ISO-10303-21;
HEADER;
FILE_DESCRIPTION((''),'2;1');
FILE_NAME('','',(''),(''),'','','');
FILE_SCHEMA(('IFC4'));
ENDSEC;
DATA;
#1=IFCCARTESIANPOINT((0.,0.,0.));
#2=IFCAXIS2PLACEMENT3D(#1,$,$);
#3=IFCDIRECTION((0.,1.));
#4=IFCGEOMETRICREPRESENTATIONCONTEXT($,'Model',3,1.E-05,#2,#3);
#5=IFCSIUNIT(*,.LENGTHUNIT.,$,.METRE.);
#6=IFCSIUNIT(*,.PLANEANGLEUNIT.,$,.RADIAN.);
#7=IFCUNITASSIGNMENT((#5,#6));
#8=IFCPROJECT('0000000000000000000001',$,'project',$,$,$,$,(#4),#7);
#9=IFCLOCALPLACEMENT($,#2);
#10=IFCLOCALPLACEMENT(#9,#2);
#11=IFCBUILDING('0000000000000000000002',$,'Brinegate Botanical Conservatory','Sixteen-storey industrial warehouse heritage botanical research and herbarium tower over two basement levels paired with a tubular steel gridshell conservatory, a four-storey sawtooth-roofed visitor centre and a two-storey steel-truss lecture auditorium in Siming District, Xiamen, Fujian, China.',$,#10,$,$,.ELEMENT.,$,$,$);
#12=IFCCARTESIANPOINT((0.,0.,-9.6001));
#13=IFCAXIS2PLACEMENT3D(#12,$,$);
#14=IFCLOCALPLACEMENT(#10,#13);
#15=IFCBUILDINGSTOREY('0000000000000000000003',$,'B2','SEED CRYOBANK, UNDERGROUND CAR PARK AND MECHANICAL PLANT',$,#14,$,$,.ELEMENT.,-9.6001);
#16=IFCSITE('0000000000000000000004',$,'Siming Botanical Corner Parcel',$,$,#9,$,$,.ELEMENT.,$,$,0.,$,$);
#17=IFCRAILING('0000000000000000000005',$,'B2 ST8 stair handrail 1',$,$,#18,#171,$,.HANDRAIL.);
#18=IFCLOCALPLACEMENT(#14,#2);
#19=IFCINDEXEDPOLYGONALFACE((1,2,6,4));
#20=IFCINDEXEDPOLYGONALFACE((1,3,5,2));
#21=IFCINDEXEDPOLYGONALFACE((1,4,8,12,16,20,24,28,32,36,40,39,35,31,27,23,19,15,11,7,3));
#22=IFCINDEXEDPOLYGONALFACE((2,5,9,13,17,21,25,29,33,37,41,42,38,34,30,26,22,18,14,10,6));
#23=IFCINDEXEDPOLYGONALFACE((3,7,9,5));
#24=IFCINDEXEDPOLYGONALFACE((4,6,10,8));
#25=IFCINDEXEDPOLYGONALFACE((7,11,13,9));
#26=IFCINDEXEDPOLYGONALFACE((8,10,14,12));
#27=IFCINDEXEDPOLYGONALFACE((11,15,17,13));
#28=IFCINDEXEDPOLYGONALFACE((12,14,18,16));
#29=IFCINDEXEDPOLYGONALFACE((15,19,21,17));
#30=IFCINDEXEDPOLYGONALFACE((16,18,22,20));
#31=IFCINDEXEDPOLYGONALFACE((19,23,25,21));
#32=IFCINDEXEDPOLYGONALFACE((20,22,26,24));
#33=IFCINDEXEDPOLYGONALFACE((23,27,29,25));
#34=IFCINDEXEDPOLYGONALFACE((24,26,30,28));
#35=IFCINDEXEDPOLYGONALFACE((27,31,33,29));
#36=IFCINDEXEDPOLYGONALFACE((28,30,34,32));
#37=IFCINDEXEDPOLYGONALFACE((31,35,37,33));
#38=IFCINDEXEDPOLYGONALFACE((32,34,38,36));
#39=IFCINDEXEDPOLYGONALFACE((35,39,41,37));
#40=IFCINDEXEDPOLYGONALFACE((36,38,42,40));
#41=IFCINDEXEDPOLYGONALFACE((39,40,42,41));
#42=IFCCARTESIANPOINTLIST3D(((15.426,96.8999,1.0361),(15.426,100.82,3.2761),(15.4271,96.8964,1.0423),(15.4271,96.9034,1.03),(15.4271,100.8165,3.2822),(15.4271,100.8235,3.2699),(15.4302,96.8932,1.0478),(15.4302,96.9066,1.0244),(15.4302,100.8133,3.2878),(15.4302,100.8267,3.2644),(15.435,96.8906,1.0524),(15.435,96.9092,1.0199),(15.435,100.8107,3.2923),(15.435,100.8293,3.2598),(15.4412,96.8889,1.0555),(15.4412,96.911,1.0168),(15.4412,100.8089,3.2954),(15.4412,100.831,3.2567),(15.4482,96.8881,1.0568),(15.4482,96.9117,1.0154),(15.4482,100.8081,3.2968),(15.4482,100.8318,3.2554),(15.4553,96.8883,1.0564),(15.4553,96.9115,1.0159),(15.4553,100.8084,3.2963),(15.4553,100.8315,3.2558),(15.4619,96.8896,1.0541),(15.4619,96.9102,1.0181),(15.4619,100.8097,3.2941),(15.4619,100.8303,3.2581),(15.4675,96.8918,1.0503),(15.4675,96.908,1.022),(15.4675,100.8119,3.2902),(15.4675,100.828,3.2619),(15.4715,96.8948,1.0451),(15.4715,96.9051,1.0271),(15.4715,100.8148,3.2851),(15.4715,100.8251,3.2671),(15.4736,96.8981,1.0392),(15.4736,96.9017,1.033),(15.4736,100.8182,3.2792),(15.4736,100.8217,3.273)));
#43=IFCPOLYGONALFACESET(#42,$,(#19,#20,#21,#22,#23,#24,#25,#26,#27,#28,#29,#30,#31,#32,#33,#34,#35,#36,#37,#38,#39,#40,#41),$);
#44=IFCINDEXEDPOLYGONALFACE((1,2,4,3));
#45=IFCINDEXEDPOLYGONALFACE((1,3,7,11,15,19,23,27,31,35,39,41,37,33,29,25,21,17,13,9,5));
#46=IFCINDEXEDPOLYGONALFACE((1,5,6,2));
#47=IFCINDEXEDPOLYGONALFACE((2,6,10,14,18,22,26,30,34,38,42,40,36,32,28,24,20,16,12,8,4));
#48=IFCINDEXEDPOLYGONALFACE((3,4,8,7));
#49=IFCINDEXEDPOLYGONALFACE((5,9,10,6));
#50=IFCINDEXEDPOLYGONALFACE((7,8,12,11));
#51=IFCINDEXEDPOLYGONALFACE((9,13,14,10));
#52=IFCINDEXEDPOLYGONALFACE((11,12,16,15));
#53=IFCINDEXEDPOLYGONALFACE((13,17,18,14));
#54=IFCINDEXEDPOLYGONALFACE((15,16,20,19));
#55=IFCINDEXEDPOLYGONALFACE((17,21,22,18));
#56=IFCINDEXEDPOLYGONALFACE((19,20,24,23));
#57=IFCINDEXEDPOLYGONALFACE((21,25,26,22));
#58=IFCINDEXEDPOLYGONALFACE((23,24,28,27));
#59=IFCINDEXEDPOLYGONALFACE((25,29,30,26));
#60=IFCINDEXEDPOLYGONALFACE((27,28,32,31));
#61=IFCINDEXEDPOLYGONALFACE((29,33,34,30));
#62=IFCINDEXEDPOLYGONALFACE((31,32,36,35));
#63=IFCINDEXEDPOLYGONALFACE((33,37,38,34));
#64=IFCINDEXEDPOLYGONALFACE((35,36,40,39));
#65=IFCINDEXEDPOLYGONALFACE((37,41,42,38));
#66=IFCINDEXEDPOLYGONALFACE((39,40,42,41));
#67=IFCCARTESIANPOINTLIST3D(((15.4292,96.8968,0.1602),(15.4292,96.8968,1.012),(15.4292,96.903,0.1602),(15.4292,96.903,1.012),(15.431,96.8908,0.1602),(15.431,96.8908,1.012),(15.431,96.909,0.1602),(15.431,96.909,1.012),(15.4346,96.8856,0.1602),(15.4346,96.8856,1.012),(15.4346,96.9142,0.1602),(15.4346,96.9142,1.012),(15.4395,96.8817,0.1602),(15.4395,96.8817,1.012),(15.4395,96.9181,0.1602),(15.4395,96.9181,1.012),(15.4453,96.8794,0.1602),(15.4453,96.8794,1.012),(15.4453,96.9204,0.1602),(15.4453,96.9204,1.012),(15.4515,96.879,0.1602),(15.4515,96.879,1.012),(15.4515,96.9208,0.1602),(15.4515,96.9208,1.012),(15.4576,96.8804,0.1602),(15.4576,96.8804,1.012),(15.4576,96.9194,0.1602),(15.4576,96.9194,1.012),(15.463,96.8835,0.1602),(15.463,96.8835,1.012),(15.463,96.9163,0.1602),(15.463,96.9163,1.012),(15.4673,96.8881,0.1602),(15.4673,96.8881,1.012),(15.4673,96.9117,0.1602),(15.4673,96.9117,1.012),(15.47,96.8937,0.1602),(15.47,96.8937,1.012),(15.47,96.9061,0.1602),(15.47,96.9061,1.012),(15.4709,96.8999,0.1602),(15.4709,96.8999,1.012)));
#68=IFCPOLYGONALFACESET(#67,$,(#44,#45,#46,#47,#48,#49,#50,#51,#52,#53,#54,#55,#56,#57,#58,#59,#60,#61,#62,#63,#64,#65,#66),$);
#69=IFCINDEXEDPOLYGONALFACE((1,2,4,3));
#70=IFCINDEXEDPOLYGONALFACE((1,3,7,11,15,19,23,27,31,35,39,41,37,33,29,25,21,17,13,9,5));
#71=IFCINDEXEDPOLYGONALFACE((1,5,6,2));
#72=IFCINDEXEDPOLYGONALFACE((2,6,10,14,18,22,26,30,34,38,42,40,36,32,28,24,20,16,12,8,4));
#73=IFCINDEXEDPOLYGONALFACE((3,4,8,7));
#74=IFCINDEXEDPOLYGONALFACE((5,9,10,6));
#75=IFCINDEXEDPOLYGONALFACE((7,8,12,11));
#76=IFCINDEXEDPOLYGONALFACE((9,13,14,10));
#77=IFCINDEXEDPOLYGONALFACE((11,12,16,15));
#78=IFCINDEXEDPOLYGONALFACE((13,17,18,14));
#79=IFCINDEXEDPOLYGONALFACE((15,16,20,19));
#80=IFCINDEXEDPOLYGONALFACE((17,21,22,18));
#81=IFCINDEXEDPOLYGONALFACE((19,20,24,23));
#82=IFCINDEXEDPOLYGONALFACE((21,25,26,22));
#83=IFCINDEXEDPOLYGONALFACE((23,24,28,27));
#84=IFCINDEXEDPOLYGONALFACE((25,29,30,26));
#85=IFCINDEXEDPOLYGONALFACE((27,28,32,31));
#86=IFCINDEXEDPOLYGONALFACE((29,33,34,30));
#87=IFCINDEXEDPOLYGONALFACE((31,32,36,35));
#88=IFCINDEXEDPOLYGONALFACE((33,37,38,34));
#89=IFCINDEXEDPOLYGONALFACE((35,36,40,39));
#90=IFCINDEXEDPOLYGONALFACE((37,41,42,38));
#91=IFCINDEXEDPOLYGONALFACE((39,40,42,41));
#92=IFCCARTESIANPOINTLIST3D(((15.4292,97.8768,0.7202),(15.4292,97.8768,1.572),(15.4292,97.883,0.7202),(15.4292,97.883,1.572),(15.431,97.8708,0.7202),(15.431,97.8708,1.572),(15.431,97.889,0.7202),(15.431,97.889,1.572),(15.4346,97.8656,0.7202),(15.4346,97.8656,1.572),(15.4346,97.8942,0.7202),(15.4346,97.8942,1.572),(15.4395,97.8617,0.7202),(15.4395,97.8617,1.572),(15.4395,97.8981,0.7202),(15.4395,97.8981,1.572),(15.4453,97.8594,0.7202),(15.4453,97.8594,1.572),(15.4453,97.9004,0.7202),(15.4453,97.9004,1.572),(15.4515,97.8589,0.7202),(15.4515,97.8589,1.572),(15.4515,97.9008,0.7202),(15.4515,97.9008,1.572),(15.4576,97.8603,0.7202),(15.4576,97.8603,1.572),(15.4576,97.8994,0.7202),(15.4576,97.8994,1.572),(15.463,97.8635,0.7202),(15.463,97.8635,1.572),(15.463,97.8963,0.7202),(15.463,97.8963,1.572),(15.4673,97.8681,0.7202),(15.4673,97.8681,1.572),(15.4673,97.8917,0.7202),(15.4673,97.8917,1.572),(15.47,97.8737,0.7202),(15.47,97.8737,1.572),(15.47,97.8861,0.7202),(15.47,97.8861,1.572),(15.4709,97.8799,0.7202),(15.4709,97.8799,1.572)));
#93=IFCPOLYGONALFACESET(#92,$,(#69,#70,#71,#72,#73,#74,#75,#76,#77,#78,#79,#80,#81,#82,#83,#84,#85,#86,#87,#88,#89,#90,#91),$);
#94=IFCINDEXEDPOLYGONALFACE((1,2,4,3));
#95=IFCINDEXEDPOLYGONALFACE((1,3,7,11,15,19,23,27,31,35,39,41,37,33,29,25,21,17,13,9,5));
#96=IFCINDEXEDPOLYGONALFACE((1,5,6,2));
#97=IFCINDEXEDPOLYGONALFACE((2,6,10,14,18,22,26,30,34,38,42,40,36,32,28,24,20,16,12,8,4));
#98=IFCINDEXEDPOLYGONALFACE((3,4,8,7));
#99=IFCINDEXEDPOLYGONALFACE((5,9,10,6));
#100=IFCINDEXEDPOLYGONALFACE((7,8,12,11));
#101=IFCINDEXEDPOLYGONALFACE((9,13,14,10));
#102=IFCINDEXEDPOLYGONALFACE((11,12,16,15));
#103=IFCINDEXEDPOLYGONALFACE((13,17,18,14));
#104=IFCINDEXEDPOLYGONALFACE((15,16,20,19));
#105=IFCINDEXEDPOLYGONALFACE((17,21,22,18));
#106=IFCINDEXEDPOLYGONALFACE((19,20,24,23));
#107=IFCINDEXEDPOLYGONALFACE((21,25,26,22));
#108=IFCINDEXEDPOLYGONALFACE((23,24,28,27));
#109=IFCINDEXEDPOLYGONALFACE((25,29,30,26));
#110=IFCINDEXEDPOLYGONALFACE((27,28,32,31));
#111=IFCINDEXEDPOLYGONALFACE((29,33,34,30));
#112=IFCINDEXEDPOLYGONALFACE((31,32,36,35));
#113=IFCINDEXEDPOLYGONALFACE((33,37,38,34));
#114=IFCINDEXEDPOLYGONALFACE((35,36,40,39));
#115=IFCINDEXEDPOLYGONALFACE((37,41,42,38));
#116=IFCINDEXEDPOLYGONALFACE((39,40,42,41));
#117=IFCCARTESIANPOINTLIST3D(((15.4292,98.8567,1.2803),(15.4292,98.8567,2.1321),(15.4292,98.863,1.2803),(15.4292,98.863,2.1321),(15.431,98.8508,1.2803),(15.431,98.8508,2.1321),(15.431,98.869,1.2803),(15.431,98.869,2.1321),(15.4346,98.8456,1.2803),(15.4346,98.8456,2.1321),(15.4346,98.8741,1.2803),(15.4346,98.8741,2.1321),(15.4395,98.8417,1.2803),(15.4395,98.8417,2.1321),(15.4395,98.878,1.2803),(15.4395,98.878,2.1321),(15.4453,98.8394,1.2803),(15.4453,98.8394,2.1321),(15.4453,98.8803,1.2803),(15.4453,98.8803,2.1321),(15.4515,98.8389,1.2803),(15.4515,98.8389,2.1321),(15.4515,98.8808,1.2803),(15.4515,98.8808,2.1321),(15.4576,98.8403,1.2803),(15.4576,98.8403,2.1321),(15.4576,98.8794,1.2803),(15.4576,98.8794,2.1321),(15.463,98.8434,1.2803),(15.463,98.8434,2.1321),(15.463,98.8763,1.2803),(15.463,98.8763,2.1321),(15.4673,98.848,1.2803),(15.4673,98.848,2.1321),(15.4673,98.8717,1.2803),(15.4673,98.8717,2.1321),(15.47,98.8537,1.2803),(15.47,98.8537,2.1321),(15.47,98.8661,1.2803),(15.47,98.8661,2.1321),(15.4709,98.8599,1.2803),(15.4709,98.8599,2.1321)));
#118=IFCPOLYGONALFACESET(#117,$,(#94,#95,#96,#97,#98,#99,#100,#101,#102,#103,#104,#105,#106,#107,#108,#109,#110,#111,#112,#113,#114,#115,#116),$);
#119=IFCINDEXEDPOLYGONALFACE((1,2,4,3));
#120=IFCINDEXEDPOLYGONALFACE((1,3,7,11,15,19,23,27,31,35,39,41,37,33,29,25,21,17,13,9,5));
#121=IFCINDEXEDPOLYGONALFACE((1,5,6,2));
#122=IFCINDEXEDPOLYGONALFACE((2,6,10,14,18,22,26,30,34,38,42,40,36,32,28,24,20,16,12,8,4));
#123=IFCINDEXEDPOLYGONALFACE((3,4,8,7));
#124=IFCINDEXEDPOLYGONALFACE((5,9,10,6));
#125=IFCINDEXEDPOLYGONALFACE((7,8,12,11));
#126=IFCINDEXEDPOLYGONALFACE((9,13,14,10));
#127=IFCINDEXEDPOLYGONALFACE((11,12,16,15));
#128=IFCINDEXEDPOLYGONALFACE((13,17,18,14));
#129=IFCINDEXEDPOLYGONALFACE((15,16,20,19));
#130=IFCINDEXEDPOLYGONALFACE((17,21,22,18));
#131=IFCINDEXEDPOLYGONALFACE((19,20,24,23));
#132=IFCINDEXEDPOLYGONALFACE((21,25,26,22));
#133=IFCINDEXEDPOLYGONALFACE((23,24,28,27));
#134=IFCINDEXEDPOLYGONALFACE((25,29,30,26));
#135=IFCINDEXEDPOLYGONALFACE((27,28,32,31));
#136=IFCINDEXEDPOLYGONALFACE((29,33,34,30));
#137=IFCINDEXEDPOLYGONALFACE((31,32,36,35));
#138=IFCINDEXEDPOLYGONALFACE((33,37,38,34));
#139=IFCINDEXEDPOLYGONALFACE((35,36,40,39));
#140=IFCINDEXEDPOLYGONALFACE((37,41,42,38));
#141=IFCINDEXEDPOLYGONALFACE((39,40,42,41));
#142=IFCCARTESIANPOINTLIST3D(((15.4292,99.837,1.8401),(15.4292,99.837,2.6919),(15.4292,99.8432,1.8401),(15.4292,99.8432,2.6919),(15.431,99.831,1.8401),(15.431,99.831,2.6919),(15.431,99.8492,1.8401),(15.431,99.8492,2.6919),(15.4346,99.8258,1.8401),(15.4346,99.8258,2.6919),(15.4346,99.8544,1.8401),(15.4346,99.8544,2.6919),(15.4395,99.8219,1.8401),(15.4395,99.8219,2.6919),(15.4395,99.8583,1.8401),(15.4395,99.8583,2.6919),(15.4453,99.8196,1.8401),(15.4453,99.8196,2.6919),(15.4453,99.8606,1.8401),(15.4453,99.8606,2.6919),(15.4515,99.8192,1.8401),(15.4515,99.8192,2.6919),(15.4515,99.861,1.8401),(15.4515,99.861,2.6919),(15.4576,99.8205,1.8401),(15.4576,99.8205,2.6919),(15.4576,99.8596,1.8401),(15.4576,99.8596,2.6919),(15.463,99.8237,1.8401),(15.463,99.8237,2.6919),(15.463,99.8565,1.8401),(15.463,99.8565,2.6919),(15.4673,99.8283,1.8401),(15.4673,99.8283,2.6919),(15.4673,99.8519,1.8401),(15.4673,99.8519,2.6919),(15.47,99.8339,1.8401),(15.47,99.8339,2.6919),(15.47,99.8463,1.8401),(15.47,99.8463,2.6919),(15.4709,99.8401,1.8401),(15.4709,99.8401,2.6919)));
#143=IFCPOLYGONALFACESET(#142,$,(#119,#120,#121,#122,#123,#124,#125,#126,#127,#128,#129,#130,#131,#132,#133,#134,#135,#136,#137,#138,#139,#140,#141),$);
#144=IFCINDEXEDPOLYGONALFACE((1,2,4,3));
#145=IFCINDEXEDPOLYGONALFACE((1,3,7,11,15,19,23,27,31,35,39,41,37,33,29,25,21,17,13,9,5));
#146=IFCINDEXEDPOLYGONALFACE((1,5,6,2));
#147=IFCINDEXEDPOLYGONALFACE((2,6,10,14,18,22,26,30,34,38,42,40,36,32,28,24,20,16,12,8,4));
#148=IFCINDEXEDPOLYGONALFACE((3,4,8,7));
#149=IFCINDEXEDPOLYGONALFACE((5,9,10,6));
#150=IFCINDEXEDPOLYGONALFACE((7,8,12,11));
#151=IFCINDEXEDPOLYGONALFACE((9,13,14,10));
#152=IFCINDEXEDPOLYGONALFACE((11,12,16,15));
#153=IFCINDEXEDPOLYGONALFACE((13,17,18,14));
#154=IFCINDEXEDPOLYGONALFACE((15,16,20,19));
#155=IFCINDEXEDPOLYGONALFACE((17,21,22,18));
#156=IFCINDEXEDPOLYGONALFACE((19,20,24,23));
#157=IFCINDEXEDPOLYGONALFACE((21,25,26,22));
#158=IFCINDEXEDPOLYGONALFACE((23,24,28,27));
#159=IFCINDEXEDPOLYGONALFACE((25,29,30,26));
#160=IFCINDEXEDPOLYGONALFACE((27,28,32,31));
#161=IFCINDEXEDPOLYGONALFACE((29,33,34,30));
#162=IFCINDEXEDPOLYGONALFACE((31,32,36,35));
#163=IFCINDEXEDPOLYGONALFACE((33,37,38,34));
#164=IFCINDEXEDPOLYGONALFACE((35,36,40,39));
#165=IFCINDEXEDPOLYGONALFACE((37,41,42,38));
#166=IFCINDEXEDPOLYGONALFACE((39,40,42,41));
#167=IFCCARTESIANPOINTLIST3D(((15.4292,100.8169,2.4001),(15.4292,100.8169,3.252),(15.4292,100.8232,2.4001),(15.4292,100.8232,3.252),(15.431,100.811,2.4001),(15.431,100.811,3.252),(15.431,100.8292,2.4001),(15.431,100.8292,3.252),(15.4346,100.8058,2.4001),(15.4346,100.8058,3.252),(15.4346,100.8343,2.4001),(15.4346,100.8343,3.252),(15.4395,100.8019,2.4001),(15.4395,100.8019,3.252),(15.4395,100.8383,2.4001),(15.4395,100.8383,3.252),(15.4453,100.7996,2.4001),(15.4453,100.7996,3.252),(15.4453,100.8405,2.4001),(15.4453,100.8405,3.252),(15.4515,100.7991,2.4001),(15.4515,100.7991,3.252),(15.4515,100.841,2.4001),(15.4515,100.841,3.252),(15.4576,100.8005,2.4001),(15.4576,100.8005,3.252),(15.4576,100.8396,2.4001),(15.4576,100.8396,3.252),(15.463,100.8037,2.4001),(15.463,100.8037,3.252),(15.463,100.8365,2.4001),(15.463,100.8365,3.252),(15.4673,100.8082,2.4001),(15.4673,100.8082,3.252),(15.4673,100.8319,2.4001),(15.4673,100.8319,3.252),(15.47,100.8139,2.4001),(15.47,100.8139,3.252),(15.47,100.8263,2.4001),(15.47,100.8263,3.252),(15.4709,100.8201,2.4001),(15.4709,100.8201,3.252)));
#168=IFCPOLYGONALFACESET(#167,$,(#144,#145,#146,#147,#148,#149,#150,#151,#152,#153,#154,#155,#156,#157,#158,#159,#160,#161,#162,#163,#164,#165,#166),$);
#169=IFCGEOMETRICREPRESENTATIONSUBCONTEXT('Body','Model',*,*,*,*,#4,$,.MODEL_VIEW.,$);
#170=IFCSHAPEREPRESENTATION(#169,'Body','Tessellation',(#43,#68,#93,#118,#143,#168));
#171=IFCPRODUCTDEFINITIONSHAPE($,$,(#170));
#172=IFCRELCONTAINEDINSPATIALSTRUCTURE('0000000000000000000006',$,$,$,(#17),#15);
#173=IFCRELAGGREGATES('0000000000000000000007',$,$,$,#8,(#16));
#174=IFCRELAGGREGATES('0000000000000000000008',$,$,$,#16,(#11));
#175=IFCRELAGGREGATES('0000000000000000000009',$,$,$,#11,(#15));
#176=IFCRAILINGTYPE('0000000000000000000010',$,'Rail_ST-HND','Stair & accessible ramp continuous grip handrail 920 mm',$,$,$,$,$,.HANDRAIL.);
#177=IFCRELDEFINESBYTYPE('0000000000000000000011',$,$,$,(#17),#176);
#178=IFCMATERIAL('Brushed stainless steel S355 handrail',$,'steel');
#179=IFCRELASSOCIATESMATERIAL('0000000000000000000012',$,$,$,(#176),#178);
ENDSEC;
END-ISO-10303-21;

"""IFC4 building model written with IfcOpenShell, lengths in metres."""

from ifc_helpers import new_model, si_unit, direction, frame, origin, origin_2d, place, context, subcontext, project, spatial, circle, extrude, material, type_object, element, save


model = new_model("IFC4")

# Units and contexts
model_context = context("Model", 3, precision=1e-05, world=origin(), true_north=direction((0.0, 1.0)))
body_context = subcontext(model_context, "Body", "Model", "MODEL_VIEW")
ifc_project = project(units=[si_unit("LENGTHUNIT", "METRE"), si_unit("PLANEANGLEUNIT", "RADIAN")], contexts=[model_context])

# Site, building, storey
site_placement = place(None, origin())
site = spatial("IfcSite", under=ifc_project, at=site_placement, Name="Siming Botanical Corner Parcel", CompositionType="ELEMENT", RefElevation=0.0)
building_placement = place(site_placement, origin())
building = spatial("IfcBuilding", under=site, at=building_placement, Name="Brinegate Botanical Conservatory", Description="Sixteen-storey industrial warehouse heritage botanical research and herbarium tower over two basement levels paired with a tubular steel gridshell conservatory, a four-storey sawtooth-roofed visitor centre and a two-storey steel-truss lecture auditorium in Siming District, Xiamen, Fujian, China.", CompositionType="ELEMENT")
storey_placement = place(building_placement, frame((0.0, 0.0, -9.6001)))
storey = spatial("IfcBuildingStorey", under=building, at=storey_placement, Name="B2", Description="SEED CRYOBANK, UNDERGROUND CAR PARK AND MECHANICAL PLANT", CompositionType="ELEMENT", Elevation=-9.6001)

# Railing
ifc_material_1 = material(Name="Brushed stainless steel S355 handrail", Category="steel")
railing_type_1 = type_object("IfcRailingType", Name="Rail_ST-HND", Description="Stair & accessible ramp continuous grip handrail 920 mm", PredefinedType="HANDRAIL", material=ifc_material_1)
railing_1_placement = place(storey_placement, frame((15.45, 96.8999, 0.1602)))
element("IfcRailing", 1, at=railing_1_placement, inside=storey, type_object=railing_type_1, Name="B2 ST8 stair handrail 1", PredefinedType="HANDRAIL", context=body_context, shape_type="SweptSolid", body=[
    extrude(circle(Radius=0.0239, at=origin_2d()), frame((0.0, 0.0, 0.876), z_axis=(0.0, 0.868253, 0.496121), x_axis=(-1.0, 0.0, 0.0)), (0.0, 0.0, 1.0), 4.5149),
    extrude(circle(Radius=0.021, at=origin_2d()), origin(), (0.0, 0.0, 1.0), 0.8518),
    extrude(circle(Radius=0.021, at=origin_2d()), frame((0.0, 0.98, 0.5601)), (0.0, 0.0, 1.0), 0.8518),
    extrude(circle(Radius=0.021, at=origin_2d()), frame((0.0, 1.96, 1.1201)), (0.0, 0.0, 1.0), 0.8518),
    extrude(circle(Radius=0.021, at=origin_2d()), frame((0.0, 2.9402, 1.6799)), (0.0, 0.0, 1.0), 0.8518),
    extrude(circle(Radius=0.021, at=origin_2d()), frame((0.0, 3.9202, 2.24)), (0.0, 0.0, 1.0), 0.8518),
])

save(model, "model.ifc")
